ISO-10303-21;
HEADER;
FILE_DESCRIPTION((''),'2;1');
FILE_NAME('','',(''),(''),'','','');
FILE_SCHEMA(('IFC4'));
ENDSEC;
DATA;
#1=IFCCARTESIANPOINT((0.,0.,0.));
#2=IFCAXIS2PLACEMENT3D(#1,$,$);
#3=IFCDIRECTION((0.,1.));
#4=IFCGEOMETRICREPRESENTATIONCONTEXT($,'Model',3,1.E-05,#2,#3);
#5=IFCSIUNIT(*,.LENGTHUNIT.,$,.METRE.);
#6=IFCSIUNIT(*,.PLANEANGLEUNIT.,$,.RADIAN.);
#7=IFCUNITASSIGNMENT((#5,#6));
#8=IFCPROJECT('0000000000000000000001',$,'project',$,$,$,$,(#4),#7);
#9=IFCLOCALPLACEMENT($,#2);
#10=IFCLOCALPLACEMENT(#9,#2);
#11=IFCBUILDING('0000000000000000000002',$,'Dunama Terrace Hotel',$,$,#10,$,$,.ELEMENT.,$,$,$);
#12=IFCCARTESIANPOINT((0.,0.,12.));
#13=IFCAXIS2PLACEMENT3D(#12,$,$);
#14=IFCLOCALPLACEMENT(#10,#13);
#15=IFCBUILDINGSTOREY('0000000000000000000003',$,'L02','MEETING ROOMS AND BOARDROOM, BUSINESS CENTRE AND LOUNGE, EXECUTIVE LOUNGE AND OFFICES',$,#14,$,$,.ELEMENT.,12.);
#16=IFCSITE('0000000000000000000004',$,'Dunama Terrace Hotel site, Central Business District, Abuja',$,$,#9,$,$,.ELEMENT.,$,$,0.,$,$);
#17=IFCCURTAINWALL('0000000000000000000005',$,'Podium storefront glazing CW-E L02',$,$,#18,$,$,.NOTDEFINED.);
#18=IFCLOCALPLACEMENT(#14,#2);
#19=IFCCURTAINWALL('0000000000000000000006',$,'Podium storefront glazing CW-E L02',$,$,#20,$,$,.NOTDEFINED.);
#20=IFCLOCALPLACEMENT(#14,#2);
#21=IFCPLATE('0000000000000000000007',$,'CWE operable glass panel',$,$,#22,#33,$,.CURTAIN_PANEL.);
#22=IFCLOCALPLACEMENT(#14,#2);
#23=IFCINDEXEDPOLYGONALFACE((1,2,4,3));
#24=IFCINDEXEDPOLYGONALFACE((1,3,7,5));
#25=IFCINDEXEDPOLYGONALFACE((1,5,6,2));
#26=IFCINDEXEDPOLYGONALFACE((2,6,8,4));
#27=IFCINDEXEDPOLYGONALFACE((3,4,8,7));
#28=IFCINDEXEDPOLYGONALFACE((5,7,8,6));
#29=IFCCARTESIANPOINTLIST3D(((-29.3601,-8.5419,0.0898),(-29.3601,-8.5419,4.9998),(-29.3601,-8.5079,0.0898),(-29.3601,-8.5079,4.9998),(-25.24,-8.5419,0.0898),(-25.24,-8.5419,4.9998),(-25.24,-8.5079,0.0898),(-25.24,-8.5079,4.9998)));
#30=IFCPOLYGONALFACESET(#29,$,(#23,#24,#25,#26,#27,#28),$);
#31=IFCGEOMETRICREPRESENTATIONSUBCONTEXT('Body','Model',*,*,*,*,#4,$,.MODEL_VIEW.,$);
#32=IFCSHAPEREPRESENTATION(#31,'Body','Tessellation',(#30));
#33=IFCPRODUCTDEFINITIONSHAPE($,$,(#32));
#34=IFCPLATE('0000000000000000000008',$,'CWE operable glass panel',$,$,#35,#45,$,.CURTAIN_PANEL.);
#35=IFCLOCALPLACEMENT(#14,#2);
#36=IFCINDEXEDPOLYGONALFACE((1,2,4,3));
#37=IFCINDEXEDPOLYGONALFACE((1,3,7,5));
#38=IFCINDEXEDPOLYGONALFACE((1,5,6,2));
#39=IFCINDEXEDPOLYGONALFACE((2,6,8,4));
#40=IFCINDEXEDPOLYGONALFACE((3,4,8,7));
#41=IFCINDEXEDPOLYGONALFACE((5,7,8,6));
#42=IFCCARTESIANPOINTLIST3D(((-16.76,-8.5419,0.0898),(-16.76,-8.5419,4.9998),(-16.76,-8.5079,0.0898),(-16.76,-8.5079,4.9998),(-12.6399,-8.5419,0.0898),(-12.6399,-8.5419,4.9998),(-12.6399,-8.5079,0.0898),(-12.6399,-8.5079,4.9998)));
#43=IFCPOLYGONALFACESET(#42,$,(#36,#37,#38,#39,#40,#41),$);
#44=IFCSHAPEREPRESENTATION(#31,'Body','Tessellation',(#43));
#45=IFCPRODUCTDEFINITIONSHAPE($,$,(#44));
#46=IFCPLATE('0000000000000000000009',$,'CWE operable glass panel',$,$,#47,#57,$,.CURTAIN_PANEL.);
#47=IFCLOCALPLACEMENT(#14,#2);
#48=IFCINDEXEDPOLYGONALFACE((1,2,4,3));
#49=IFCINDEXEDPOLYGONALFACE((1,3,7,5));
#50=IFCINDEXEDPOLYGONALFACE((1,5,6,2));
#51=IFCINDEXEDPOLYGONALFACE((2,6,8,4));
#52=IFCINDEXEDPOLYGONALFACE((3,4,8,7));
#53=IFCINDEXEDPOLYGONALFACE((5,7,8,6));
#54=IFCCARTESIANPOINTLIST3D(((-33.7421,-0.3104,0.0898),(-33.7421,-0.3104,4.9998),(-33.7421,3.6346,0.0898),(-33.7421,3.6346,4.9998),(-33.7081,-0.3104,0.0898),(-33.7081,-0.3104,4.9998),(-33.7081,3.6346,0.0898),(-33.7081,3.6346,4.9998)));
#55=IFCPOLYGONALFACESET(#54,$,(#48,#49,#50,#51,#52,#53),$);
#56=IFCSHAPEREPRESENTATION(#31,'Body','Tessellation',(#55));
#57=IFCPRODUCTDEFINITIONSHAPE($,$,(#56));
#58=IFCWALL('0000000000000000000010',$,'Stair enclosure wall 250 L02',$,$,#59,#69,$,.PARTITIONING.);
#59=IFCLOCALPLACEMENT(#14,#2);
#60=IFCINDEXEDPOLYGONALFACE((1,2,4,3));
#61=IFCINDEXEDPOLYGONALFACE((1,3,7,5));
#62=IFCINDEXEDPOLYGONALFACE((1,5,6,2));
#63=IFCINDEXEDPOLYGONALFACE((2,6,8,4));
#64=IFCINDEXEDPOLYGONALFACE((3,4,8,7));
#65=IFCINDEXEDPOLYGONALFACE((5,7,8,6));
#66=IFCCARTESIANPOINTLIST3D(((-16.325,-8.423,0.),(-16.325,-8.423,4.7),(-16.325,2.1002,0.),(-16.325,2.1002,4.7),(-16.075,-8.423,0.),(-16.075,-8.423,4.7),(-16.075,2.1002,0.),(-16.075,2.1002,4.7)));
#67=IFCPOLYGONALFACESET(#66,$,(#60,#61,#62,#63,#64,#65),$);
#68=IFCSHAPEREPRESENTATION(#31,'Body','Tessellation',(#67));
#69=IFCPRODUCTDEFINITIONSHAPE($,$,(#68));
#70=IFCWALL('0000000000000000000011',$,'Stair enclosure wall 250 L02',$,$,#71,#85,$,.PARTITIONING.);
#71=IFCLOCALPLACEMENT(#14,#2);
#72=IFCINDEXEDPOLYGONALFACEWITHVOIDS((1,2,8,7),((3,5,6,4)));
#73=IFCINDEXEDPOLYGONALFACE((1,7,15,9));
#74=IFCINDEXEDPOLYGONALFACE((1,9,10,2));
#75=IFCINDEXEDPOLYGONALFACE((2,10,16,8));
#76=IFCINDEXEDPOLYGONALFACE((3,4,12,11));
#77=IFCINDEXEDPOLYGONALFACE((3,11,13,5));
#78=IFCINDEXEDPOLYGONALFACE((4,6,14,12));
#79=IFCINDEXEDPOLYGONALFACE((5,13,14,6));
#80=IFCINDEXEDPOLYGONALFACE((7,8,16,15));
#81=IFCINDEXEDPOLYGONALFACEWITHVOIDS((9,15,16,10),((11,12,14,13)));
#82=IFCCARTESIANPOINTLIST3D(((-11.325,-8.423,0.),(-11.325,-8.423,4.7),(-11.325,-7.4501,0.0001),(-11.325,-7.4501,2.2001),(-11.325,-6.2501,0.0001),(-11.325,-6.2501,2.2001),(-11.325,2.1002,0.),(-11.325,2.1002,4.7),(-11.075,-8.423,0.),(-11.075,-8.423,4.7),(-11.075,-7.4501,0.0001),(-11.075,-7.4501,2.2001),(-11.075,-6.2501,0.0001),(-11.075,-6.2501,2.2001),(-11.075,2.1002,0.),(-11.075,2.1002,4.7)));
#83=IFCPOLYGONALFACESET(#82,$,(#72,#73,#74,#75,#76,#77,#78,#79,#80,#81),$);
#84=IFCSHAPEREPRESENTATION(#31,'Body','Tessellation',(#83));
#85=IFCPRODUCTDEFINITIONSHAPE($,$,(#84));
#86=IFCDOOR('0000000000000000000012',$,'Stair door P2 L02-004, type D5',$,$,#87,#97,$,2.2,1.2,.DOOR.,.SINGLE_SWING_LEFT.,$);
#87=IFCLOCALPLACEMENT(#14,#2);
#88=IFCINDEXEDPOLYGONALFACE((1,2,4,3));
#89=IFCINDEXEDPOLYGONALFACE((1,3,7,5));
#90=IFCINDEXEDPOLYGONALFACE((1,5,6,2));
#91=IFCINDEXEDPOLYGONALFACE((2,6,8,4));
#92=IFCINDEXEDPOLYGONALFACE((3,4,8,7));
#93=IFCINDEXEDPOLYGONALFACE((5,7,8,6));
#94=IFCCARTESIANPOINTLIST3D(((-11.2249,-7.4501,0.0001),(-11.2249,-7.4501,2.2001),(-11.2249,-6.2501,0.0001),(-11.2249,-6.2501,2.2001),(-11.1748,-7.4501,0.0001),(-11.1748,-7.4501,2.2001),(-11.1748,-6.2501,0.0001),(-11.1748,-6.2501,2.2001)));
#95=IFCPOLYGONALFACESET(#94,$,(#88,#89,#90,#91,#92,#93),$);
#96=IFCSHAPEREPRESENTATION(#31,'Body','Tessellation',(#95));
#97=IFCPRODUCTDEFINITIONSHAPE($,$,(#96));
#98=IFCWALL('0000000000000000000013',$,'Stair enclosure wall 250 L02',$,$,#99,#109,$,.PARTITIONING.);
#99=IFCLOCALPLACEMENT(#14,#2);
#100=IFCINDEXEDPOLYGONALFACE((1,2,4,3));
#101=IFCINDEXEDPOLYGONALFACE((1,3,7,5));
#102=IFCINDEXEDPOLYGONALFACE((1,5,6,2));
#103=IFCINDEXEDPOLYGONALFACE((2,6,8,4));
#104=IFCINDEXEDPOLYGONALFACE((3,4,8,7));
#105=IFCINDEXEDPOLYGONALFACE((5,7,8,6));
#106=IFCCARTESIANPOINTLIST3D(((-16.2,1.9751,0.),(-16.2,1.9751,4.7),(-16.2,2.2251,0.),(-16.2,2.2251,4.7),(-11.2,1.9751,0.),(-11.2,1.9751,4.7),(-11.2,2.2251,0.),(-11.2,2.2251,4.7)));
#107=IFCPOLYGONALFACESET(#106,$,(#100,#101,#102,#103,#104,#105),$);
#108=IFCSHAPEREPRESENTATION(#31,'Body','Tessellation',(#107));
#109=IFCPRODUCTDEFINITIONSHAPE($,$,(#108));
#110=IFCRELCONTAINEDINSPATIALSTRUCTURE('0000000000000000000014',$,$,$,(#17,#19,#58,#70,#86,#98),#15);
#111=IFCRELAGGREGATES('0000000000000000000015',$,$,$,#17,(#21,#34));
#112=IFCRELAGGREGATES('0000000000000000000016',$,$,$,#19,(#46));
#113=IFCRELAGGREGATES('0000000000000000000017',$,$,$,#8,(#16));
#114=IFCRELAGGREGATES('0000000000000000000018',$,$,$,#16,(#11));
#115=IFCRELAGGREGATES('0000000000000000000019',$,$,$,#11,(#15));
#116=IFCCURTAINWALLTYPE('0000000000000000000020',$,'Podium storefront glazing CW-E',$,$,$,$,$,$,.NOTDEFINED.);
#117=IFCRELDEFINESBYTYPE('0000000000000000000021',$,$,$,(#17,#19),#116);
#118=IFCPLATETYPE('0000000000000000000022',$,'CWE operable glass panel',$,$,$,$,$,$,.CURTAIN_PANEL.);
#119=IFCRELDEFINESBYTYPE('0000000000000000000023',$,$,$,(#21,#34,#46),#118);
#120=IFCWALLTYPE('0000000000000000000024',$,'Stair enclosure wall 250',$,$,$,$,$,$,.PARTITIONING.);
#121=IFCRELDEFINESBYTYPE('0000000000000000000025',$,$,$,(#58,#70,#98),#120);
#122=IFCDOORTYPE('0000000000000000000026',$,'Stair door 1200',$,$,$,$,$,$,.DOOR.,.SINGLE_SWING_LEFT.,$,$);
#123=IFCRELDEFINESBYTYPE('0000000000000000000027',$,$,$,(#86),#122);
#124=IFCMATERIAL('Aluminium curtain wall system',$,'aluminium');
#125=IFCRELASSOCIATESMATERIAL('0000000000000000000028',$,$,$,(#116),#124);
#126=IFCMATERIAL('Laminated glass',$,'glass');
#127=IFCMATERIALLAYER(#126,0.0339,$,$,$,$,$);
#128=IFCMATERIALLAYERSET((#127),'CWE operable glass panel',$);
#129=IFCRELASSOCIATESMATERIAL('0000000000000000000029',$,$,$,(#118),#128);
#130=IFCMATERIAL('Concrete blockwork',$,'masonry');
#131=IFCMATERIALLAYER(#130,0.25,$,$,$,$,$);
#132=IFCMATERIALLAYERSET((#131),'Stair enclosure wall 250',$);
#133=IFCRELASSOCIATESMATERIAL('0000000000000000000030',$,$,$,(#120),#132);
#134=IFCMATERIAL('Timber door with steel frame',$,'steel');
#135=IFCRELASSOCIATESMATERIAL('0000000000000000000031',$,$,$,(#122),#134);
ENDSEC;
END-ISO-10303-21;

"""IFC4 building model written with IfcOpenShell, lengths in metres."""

from ifc_helpers import new_model, si_unit, direction, frame, frame_2d, origin, origin_2d, place, context, subcontext, project, spatial, rectangle, extrude, material, layer, layer_set, type_object, element, fill, aggregate, save


model = new_model("IFC4")

# Units and contexts
model_context = context("Model", 3, precision=1e-05, world=origin(), true_north=direction((0.0, 1.0)))
body_context = subcontext(model_context, "Body", "Model", "MODEL_VIEW")
ifc_project = project(units=[si_unit("LENGTHUNIT", "METRE"), si_unit("PLANEANGLEUNIT", "RADIAN")], contexts=[model_context])

# Site, building, storey
site_placement = place(None, origin())
site = spatial("IfcSite", under=ifc_project, at=site_placement, Name="Dunama Terrace Hotel site, Central Business District, Abuja", CompositionType="ELEMENT", RefElevation=0.0)
building_placement = place(site_placement, origin())
building = spatial("IfcBuilding", under=site, at=building_placement, Name="Dunama Terrace Hotel", CompositionType="ELEMENT")
storey_placement = place(building_placement, frame((0.0, 0.0, 12.0)))
storey = spatial("IfcBuildingStorey", under=building, at=storey_placement, Name="L02", Description="MEETING ROOMS AND BOARDROOM, BUSINESS CENTRE AND LOUNGE, EXECUTIVE LOUNGE AND OFFICES", CompositionType="ELEMENT", Elevation=12.0)

# Curtain walls
ifc_material_1 = material(Name="Aluminium curtain wall system", Category="aluminium")
curtain_wall_type = type_object("IfcCurtainWallType", Name="Podium storefront glazing CW-E", PredefinedType="NOTDEFINED", material=ifc_material_1)
curtain_wall_1_placement = place(storey_placement, origin())
curtain_wall_1 = element("IfcCurtainWall", 1, at=curtain_wall_1_placement, inside=storey, type_object=curtain_wall_type, Name="Podium storefront glazing CW-E L02", PredefinedType="NOTDEFINED")
curtain_wall_2_placement = place(storey_placement, origin())
curtain_wall_2 = element("IfcCurtainWall", 2, at=curtain_wall_2_placement, inside=storey, type_object=curtain_wall_type, Name="Podium storefront glazing CW-E L02", PredefinedType="NOTDEFINED")

# Plates
ifc_material_2 = material(Name="Laminated glass", Category="glass")
ifc_layer_1 = layer(ifc_material_2, 0.0339)
ifc_layer_set_1 = layer_set([ifc_layer_1], Name="CWE operable glass panel")
plate_type_1 = type_object("IfcPlateType", Name="CWE operable glass panel", PredefinedType="CURTAIN_PANEL", material=ifc_layer_set_1)
plate_1_placement = place(storey_placement, frame((-27.3, -8.5249, 0.0898), z_axis=(0.0, 0.0, 1.0), x_axis=(1.0, 0.0, 0.0)))
plate_1 = element("IfcPlate", 3, at=plate_1_placement, type_object=plate_type_1, Name="CWE operable glass panel", PredefinedType="CURTAIN_PANEL", context=body_context, shape_type="SweptSolid", body=[
    extrude(rectangle(XDim=4.1201, YDim=0.0339, at=origin_2d()), origin(), (0.0, 0.0, 1.0), 4.9099),
])
plate_2_placement = place(storey_placement, frame((-14.7, -8.5249, 0.0898), z_axis=(0.0, 0.0, 1.0), x_axis=(1.0, 0.0, 0.0)))
plate_2 = element("IfcPlate", 4, at=plate_2_placement, type_object=plate_type_1, Name="CWE operable glass panel", PredefinedType="CURTAIN_PANEL", context=body_context, shape_type="SweptSolid", body=[
    extrude(rectangle(XDim=4.1201, YDim=0.0339, at=origin_2d()), origin(), (0.0, 0.0, 1.0), 4.9099),
])
aggregate(curtain_wall_1, [plate_1, plate_2])
plate_3_placement = place(storey_placement, frame((-33.7251, 1.6621, 0.0898), z_axis=(0.0, 0.0, 1.0), x_axis=(0.0, -1.0, 0.0)))
plate_3 = element("IfcPlate", 5, at=plate_3_placement, type_object=plate_type_1, Name="CWE operable glass panel", PredefinedType="CURTAIN_PANEL", context=body_context, shape_type="SweptSolid", body=[
    extrude(rectangle(XDim=3.9451, YDim=0.0339, at=origin_2d()), origin(), (0.0, 0.0, 1.0), 4.9099),
])
aggregate(curtain_wall_2, [plate_3])

# Wall
ifc_material_3 = material(Name="Concrete blockwork", Category="masonry")
ifc_layer_2 = layer(ifc_material_3, 0.25)
ifc_layer_set_2 = layer_set([ifc_layer_2], Name="Stair enclosure wall 250")
wall_type = type_object("IfcWallType", Name="Stair enclosure wall 250", PredefinedType="PARTITIONING", material=ifc_layer_set_2)
wall_1_placement = place(storey_placement, frame((-16.2, -8.4231, 0.0), z_axis=(0.0, 0.0, 1.0), x_axis=(0.0, 1.0, 0.0)))
element("IfcWall", 6, at=wall_1_placement, inside=storey, type_object=wall_type, Name="Stair enclosure wall 250 L02", PredefinedType="PARTITIONING", context=body_context, shape_type="SweptSolid", body=[
    extrude(rectangle(XDim=10.5232, YDim=0.25, at=frame_2d((5.2617, 0.0))), origin(), (0.0, 0.0, 1.0), 4.7),
])

# Wall, opening, door
wall_2_placement = place(storey_placement, frame((-11.2, -8.4231, 0.0), z_axis=(0.0, 0.0, 1.0), x_axis=(0.0, 1.0, 0.0)))
wall_2 = element("IfcWall", 7, at=wall_2_placement, inside=storey, type_object=wall_type, Name="Stair enclosure wall 250 L02", PredefinedType="PARTITIONING", context=body_context, shape_type="SweptSolid", body=[
    extrude(rectangle(XDim=10.5232, YDim=0.25, at=frame_2d((5.2617, 0.0))), origin(), (0.0, 0.0, 1.0), 4.7),
])
opening_placement = place(wall_2_placement, frame((0.9729, 0.0, 0.0)))
opening = element("IfcOpeningElement", 8, at=opening_placement, cuts=wall_2, PredefinedType="OPENING", context=body_context, shape_type="SweptSolid", body=[
    extrude(rectangle(XDim=1.2, YDim=2.2, at=frame_2d((0.6001, 1.1001))), frame((0.0, 0.135, 0.0), z_axis=(0.0, -1.0, 0.0), x_axis=(1.0, 0.0, 0.0)), (0.0, 0.0, 1.0), 0.27),
])
ifc_material_4 = material(Name="Timber door with steel frame", Category="steel")
door_type = type_object("IfcDoorType", Name="Stair door 1200", OperationType="SINGLE_SWING_LEFT", PredefinedType="DOOR", material=ifc_material_4)
door_placement = place(opening_placement, origin())
door = element("IfcDoor", 9, at=door_placement, inside=storey, type_object=door_type, Name="Stair door P2 L02-004, type D5", OperationType="SINGLE_SWING_LEFT", OverallHeight=2.2, OverallWidth=1.2, PredefinedType="DOOR", context=body_context, shape_type="SweptSolid", body=[
    extrude(rectangle(XDim=1.2, YDim=2.2, at=frame_2d((0.6001, 1.1001))), frame((0.0, 0.0249, 0.0), z_axis=(0.0, -1.0, 0.0), x_axis=(1.0, 0.0, 0.0)), (0.0, 0.0, 1.0), 0.05),
])
fill(opening, door)

# Wall
wall_3_placement = place(storey_placement, frame((-16.2, 2.1001, 0.0), z_axis=(0.0, 0.0, 1.0), x_axis=(1.0, 0.0, 0.0)))
element("IfcWall", 10, at=wall_3_placement, inside=storey, type_object=wall_type, Name="Stair enclosure wall 250 L02", PredefinedType="PARTITIONING", context=body_context, shape_type="SweptSolid", body=[
    extrude(rectangle(XDim=5.0, YDim=0.25, at=frame_2d((2.5, 0.0))), origin(), (0.0, 0.0, 1.0), 4.7),
])

save(model, "model.ifc")
